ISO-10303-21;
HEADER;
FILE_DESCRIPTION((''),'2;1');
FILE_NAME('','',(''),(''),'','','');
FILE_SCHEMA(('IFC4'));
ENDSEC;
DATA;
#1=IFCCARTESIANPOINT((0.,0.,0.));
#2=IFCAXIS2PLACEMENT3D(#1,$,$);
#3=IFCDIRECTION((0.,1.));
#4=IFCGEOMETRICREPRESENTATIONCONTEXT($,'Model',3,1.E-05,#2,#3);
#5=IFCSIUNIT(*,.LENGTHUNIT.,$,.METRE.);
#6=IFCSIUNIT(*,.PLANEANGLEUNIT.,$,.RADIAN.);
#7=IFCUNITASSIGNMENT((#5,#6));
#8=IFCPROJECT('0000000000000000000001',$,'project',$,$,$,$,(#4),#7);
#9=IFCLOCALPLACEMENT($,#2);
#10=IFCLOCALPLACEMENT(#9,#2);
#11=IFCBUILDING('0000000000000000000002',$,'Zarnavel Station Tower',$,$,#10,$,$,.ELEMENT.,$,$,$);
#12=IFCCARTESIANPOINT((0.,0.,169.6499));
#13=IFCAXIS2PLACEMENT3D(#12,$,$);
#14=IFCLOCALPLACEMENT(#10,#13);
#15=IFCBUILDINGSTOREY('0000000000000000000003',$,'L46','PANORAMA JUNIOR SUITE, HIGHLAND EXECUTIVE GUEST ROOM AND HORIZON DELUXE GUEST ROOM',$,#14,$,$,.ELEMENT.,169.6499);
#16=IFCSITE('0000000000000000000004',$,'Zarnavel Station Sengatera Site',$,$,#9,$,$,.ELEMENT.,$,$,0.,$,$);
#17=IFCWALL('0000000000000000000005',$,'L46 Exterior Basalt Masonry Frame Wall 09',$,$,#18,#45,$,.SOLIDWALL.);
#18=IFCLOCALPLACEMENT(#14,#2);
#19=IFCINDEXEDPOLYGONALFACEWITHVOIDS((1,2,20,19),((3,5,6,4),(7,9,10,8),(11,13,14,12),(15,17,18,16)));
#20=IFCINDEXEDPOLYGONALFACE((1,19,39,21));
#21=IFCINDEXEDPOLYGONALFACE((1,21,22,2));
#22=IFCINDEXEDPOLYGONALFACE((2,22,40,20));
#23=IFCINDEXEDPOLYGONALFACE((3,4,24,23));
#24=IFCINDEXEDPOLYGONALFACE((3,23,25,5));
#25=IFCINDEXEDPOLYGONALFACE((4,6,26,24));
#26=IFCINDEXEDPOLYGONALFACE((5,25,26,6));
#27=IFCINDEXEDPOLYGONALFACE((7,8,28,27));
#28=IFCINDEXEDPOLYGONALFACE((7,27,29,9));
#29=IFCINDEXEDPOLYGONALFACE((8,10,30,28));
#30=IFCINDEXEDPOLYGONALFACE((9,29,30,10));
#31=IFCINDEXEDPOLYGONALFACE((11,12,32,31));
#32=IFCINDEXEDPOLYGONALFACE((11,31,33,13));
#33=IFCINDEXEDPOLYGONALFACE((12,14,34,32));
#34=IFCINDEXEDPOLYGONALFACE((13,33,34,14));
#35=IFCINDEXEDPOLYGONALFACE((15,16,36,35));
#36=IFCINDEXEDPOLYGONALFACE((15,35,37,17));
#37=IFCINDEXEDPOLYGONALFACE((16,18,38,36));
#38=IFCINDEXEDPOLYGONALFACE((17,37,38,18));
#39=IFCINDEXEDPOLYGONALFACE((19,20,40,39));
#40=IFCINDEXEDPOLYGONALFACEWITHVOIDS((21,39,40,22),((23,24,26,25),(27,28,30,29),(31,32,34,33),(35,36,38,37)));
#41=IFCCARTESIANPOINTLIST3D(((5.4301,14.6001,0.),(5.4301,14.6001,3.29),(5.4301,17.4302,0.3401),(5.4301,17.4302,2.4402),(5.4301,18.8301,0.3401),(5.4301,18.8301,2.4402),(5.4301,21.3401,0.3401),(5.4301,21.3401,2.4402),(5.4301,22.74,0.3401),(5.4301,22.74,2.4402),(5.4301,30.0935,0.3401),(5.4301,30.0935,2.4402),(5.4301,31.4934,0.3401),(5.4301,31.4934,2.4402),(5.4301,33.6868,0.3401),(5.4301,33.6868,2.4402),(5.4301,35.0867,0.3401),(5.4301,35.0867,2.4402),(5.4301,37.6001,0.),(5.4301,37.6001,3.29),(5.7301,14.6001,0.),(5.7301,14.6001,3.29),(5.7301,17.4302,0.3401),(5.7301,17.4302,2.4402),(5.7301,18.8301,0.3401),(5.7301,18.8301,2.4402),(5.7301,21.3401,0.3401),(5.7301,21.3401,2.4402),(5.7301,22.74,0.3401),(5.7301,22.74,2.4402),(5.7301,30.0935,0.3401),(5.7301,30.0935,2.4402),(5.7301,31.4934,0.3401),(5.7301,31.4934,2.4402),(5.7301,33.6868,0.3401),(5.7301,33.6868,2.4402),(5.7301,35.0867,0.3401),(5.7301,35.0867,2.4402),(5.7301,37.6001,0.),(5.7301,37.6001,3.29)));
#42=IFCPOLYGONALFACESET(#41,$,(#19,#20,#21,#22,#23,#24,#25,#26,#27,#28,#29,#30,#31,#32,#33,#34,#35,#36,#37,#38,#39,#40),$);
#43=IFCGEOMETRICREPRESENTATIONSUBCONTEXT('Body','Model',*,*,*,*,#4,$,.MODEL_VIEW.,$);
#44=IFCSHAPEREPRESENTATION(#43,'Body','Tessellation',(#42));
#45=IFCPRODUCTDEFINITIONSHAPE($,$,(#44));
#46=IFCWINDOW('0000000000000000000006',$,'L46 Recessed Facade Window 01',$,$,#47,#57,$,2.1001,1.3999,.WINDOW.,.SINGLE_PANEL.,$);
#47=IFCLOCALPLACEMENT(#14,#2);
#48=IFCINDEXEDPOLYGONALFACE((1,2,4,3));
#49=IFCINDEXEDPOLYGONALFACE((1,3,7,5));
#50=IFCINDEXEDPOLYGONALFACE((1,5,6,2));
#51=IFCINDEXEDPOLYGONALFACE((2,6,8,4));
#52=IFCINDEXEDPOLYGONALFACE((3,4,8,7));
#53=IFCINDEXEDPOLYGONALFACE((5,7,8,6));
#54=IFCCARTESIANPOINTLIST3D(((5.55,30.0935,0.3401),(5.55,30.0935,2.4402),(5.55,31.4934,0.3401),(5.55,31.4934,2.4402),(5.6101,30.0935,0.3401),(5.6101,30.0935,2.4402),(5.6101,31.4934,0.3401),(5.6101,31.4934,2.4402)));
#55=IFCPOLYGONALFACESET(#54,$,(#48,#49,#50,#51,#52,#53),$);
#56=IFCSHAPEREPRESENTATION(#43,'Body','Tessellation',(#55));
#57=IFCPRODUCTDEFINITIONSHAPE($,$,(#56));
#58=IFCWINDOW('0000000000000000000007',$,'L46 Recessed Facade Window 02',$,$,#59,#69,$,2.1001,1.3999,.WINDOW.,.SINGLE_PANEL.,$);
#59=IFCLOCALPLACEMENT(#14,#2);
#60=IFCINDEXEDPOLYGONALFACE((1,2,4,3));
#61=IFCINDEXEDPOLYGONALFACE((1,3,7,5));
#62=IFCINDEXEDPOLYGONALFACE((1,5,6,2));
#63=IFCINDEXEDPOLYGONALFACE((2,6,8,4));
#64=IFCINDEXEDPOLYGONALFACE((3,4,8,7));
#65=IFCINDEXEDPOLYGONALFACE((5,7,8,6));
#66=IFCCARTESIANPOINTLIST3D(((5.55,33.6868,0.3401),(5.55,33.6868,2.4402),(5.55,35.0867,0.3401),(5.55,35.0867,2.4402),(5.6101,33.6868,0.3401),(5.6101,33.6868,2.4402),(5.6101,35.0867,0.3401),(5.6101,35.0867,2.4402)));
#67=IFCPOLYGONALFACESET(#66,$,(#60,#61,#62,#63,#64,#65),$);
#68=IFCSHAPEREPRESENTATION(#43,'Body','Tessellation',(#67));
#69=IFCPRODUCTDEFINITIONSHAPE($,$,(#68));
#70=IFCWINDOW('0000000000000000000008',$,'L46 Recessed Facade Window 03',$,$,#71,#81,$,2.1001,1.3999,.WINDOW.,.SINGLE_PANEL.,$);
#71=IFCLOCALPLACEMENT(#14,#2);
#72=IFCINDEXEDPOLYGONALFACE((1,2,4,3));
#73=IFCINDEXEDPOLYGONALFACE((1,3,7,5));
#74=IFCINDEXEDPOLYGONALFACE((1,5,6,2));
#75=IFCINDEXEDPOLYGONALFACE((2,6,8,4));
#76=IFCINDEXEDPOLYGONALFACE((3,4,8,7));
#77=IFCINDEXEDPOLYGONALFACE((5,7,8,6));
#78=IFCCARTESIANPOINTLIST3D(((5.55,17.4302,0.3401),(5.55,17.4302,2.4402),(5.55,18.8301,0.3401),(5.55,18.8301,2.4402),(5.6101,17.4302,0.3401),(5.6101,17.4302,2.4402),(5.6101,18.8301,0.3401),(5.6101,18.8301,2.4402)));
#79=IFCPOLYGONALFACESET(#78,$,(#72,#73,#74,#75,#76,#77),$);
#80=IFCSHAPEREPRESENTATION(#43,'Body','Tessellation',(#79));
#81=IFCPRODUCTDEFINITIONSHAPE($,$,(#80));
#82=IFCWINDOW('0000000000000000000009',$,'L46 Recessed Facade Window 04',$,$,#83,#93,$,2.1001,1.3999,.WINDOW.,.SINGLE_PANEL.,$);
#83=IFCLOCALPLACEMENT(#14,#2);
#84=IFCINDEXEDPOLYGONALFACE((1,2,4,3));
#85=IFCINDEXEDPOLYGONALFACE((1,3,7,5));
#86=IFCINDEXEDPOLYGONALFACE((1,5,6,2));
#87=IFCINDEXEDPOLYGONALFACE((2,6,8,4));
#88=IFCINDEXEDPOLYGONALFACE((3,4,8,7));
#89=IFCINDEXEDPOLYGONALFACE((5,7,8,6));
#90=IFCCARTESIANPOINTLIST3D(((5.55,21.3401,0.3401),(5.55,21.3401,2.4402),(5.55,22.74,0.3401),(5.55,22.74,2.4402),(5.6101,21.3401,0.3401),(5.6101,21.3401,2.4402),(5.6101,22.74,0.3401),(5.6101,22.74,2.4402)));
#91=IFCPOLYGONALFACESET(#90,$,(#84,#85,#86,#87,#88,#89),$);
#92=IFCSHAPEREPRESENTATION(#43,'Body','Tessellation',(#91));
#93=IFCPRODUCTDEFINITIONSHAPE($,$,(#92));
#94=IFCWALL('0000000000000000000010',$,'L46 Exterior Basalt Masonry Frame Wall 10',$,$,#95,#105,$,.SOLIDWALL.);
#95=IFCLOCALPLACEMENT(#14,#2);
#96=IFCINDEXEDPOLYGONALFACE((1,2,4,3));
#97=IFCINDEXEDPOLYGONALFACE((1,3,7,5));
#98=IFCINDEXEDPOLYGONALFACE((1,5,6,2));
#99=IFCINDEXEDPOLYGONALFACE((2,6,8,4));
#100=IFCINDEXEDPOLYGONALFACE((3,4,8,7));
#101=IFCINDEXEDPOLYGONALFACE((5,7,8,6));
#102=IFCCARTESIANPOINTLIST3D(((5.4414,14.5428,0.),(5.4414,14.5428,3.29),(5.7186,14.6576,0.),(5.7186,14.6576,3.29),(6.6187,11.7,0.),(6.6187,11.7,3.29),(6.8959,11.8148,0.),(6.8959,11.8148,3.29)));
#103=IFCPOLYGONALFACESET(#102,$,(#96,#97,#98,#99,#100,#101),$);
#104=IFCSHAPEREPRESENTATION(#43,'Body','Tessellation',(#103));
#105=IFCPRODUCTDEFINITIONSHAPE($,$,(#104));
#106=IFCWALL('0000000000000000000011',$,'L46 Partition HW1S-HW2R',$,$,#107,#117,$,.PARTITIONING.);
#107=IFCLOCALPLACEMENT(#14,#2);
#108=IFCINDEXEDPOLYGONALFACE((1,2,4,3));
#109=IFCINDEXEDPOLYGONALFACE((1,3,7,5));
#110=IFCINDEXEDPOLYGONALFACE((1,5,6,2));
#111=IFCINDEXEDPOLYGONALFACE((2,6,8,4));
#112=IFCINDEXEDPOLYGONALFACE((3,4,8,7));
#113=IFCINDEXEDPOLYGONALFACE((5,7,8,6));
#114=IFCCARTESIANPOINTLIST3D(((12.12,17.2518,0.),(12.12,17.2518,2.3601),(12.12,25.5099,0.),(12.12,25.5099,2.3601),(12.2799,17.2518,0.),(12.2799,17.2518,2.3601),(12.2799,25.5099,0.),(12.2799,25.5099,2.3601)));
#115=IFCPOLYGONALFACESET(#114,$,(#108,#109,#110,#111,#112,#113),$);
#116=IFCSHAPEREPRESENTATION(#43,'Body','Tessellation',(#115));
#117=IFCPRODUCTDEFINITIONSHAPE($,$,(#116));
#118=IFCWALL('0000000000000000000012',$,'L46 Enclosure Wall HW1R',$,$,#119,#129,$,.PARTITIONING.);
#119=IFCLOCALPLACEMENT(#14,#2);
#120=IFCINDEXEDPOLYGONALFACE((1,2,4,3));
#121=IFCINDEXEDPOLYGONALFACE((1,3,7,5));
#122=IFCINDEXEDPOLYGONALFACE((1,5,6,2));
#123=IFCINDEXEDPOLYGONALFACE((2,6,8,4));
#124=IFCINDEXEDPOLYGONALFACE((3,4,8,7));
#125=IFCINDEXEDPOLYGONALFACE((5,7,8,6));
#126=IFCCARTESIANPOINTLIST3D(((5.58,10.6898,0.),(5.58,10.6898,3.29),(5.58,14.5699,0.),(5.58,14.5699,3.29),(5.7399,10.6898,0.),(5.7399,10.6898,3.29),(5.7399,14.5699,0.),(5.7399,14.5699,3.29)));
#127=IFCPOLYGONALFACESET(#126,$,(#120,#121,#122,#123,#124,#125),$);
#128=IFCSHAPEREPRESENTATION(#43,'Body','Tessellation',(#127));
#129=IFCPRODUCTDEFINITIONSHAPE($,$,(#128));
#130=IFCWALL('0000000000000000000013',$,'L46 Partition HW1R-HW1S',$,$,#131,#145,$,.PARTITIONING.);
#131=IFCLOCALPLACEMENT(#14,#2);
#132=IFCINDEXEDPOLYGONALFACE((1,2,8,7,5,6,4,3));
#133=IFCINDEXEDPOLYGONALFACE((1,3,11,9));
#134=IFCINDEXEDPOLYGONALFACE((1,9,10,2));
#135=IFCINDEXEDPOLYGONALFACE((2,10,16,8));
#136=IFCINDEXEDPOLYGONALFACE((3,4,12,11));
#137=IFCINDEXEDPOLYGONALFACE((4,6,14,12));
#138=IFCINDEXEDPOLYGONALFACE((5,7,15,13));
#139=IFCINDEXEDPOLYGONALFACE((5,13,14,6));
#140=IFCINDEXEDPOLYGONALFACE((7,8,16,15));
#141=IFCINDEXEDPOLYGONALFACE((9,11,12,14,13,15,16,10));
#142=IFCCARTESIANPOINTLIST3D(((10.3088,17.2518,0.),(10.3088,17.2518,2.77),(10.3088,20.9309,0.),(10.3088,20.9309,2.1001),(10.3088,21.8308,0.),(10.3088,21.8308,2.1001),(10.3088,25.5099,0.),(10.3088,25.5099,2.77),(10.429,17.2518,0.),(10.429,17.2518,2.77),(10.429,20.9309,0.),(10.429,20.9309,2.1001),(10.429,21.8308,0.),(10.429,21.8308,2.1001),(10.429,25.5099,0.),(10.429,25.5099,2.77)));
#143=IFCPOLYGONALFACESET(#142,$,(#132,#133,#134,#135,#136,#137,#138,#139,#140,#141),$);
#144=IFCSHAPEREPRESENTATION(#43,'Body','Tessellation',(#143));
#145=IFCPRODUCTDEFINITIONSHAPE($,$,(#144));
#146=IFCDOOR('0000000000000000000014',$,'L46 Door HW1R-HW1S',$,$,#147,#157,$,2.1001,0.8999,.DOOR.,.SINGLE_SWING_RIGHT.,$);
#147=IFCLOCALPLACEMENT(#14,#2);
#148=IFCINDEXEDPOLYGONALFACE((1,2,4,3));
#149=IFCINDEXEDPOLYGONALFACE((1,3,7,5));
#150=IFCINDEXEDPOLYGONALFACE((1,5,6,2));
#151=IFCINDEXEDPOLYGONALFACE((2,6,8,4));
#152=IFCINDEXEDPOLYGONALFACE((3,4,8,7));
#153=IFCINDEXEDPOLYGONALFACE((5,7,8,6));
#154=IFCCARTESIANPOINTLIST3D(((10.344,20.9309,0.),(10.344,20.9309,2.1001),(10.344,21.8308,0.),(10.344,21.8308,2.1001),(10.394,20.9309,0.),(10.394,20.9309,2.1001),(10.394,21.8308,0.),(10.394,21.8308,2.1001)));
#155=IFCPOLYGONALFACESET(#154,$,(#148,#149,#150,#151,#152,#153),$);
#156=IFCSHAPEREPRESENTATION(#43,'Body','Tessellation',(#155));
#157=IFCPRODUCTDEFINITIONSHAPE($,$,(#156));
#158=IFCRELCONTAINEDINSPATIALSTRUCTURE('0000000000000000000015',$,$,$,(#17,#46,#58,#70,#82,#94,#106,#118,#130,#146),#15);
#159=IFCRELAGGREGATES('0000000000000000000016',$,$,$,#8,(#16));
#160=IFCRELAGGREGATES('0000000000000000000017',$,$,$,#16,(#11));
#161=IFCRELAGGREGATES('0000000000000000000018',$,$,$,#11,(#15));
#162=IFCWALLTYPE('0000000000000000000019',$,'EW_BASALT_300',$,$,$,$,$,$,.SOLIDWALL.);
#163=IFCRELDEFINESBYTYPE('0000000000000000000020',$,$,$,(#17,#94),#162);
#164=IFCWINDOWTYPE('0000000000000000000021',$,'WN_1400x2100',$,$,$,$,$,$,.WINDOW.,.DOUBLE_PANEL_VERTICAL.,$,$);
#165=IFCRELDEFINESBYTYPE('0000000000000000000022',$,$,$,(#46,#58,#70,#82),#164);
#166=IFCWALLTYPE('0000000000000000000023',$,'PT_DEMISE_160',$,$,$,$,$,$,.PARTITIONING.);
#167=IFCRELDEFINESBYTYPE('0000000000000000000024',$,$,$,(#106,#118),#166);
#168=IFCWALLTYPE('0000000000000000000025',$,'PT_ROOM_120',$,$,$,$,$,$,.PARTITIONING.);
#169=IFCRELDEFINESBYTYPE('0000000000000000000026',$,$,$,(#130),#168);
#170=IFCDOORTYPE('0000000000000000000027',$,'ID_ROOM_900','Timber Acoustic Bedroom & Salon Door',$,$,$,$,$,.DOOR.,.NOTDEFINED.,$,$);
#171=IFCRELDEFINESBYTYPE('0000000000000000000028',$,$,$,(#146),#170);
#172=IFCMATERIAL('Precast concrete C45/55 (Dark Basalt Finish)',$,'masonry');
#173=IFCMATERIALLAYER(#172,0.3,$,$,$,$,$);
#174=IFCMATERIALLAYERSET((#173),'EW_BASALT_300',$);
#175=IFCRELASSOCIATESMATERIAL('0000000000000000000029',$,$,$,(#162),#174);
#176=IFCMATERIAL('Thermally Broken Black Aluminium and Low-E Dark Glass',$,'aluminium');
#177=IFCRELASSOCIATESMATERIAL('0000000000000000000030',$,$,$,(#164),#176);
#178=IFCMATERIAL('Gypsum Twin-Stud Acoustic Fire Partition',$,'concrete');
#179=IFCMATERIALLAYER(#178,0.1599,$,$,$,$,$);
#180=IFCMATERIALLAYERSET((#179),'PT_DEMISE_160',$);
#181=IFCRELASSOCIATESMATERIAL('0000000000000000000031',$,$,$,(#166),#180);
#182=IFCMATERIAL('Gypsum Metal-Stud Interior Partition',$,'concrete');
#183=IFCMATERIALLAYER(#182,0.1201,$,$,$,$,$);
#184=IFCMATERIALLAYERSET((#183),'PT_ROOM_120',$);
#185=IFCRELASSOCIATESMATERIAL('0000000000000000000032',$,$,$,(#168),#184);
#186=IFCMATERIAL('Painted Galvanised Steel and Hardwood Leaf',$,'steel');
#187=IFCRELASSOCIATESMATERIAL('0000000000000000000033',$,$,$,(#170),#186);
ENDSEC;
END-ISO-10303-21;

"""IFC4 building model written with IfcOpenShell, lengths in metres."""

from ifc_helpers import new_model, si_unit, direction, frame, frame_2d, origin, place, context, subcontext, project, spatial, rectangle, extrude, material, layer, layer_set, type_object, element, fill, save


model = new_model("IFC4")

# Units and contexts
model_context = context("Model", 3, precision=1e-05, world=origin(), true_north=direction((0.0, 1.0)))
body_context = subcontext(model_context, "Body", "Model", "MODEL_VIEW")
ifc_project = project(units=[si_unit("LENGTHUNIT", "METRE"), si_unit("PLANEANGLEUNIT", "RADIAN")], contexts=[model_context])

# Site, building, storey
site_placement = place(None, origin())
site = spatial("IfcSite", under=ifc_project, at=site_placement, Name="Zarnavel Station Sengatera Site", CompositionType="ELEMENT", RefElevation=0.0)
building_placement = place(site_placement, origin())
building = spatial("IfcBuilding", under=site, at=building_placement, Name="Zarnavel Station Tower", CompositionType="ELEMENT")
storey_placement = place(building_placement, frame((0.0, 0.0, 169.6499)))
storey = spatial("IfcBuildingStorey", under=building, at=storey_placement, Name="L46", Description="PANORAMA JUNIOR SUITE, HIGHLAND EXECUTIVE GUEST ROOM AND HORIZON DELUXE GUEST ROOM", CompositionType="ELEMENT", Elevation=169.6499)

# Wall, openings, windows
ifc_material_1 = material(Name="Precast concrete C45/55 (Dark Basalt Finish)", Category="masonry")
ifc_layer_1 = layer(ifc_material_1, 0.3)
ifc_layer_set_1 = layer_set([ifc_layer_1], Name="EW_BASALT_300")
wall_type_1 = type_object("IfcWallType", Name="EW_BASALT_300", PredefinedType="SOLIDWALL", material=ifc_layer_set_1)
wall_1_placement = place(storey_placement, frame((5.5801, 14.6001, 0.0), z_axis=(0.0, 0.0, 1.0), x_axis=(0.0, 1.0, 0.0)))
wall_1 = element("IfcWall", 1, at=wall_1_placement, inside=storey, type_object=wall_type_1, Name="L46 Exterior Basalt Masonry Frame Wall 09", PredefinedType="SOLIDWALL", context=body_context, shape_type="SweptSolid", body=[
    extrude(rectangle(XDim=23.0, YDim=0.3, at=frame_2d((11.5, 0.0))), origin(), (0.0, 0.0, 1.0), 3.29),
])
opening_1_placement = place(wall_1_placement, frame((15.4934, 0.0, 0.3401)))
opening_1 = element("IfcOpeningElement", 2, at=opening_1_placement, cuts=wall_1, PredefinedType="OPENING", context=body_context, shape_type="SweptSolid", body=[
    extrude(rectangle(XDim=1.3999, YDim=2.1001, at=frame_2d((0.7, 1.05))), frame((0.0, 0.1599, 0.0), z_axis=(0.0, -1.0, 0.0), x_axis=(1.0, 0.0, 0.0)), (0.0, 0.0, 1.0), 0.3201),
])
opening_2_placement = place(wall_1_placement, frame((19.0867, 0.0, 0.3401)))
opening_2 = element("IfcOpeningElement", 3, at=opening_2_placement, cuts=wall_1, PredefinedType="OPENING", context=body_context, shape_type="SweptSolid", body=[
    extrude(rectangle(XDim=1.3999, YDim=2.1001, at=frame_2d((0.7, 1.05))), frame((0.0, 0.1599, 0.0), z_axis=(0.0, -1.0, 0.0), x_axis=(1.0, 0.0, 0.0)), (0.0, 0.0, 1.0), 0.3201),
])
opening_3_placement = place(wall_1_placement, frame((2.8301, 0.0, 0.3401)))
opening_3 = element("IfcOpeningElement", 4, at=opening_3_placement, cuts=wall_1, PredefinedType="OPENING", context=body_context, shape_type="SweptSolid", body=[
    extrude(rectangle(XDim=1.3999, YDim=2.1001, at=frame_2d((0.7, 1.05))), frame((0.0, 0.1599, 0.0), z_axis=(0.0, -1.0, 0.0), x_axis=(1.0, 0.0, 0.0)), (0.0, 0.0, 1.0), 0.3201),
])
opening_4_placement = place(wall_1_placement, frame((6.74, 0.0, 0.3401)))
opening_4 = element("IfcOpeningElement", 5, at=opening_4_placement, cuts=wall_1, PredefinedType="OPENING", context=body_context, shape_type="SweptSolid", body=[
    extrude(rectangle(XDim=1.3999, YDim=2.1001, at=frame_2d((0.7, 1.05))), frame((0.0, 0.1599, 0.0), z_axis=(0.0, -1.0, 0.0), x_axis=(1.0, 0.0, 0.0)), (0.0, 0.0, 1.0), 0.3201),
])
ifc_material_2 = material(Name="Thermally Broken Black Aluminium and Low-E Dark Glass", Category="aluminium")
window_type = type_object("IfcWindowType", Name="WN_1400x2100", PartitioningType="DOUBLE_PANEL_VERTICAL", PredefinedType="WINDOW", material=ifc_material_2)
window_1_placement = place(opening_1_placement, origin())
window_1 = element("IfcWindow", 6, at=window_1_placement, inside=storey, type_object=window_type, Name="L46 Recessed Facade Window 01", OverallHeight=2.1001, OverallWidth=1.3999, PartitioningType="SINGLE_PANEL", PredefinedType="WINDOW", context=body_context, shape_type="SweptSolid", body=[
    extrude(rectangle(XDim=1.3999, YDim=2.1001, at=frame_2d((0.7, 1.05))), frame((0.0, 0.03, 0.0), z_axis=(0.0, -1.0, 0.0), x_axis=(1.0, 0.0, 0.0)), (0.0, 0.0, 1.0), 0.0601),
])
fill(opening_1, window_1)
window_2_placement = place(opening_2_placement, origin())
window_2 = element("IfcWindow", 7, at=window_2_placement, inside=storey, type_object=window_type, Name="L46 Recessed Facade Window 02", OverallHeight=2.1001, OverallWidth=1.3999, PartitioningType="SINGLE_PANEL", PredefinedType="WINDOW", context=body_context, shape_type="SweptSolid", body=[
    extrude(rectangle(XDim=1.3999, YDim=2.1001, at=frame_2d((0.7, 1.05))), frame((0.0, 0.03, 0.0), z_axis=(0.0, -1.0, 0.0), x_axis=(1.0, 0.0, 0.0)), (0.0, 0.0, 1.0), 0.0601),
])
fill(opening_2, window_2)
window_3_placement = place(opening_3_placement, origin())
window_3 = element("IfcWindow", 8, at=window_3_placement, inside=storey, type_object=window_type, Name="L46 Recessed Facade Window 03", OverallHeight=2.1001, OverallWidth=1.3999, PartitioningType="SINGLE_PANEL", PredefinedType="WINDOW", context=body_context, shape_type="SweptSolid", body=[
    extrude(rectangle(XDim=1.3999, YDim=2.1001, at=frame_2d((0.7, 1.05))), frame((0.0, 0.03, 0.0), z_axis=(0.0, -1.0, 0.0), x_axis=(1.0, 0.0, 0.0)), (0.0, 0.0, 1.0), 0.0601),
])
fill(opening_3, window_3)
window_4_placement = place(opening_4_placement, origin())
window_4 = element("IfcWindow", 9, at=window_4_placement, inside=storey, type_object=window_type, Name="L46 Recessed Facade Window 04", OverallHeight=2.1001, OverallWidth=1.3999, PartitioningType="SINGLE_PANEL", PredefinedType="WINDOW", context=body_context, shape_type="SweptSolid", body=[
    extrude(rectangle(XDim=1.3999, YDim=2.1001, at=frame_2d((0.7, 1.05))), frame((0.0, 0.03, 0.0), z_axis=(0.0, -1.0, 0.0), x_axis=(1.0, 0.0, 0.0)), (0.0, 0.0, 1.0), 0.0601),
])
fill(opening_4, window_4)

# Walls
wall_2_placement = place(storey_placement, frame((6.7573, 11.7573, 0.0), z_axis=(0.0, 0.0, 1.0), x_axis=(-0.382609, 0.92391, 0.0)))
element("IfcWall", 10, at=wall_2_placement, inside=storey, type_object=wall_type_1, Name="L46 Exterior Basalt Masonry Frame Wall 10", PredefinedType="SOLIDWALL", context=body_context, shape_type="SweptSolid", body=[
    extrude(rectangle(XDim=3.0769, YDim=0.3, at=frame_2d((1.5386, 0.0))), origin(), (0.0, 0.0, 1.0), 3.29),
])
ifc_material_3 = material(Name="Gypsum Twin-Stud Acoustic Fire Partition", Category="concrete")
ifc_layer_2 = layer(ifc_material_3, 0.1599)
ifc_layer_set_2 = layer_set([ifc_layer_2], Name="PT_DEMISE_160")
wall_type_2 = type_object("IfcWallType", Name="PT_DEMISE_160", PredefinedType="PARTITIONING", material=ifc_layer_set_2)
wall_3_placement = place(storey_placement, frame((12.2, 17.252, 0.0), z_axis=(0.0, 0.0, 1.0), x_axis=(0.0, 1.0, 0.0)))
element("IfcWall", 11, at=wall_3_placement, inside=storey, type_object=wall_type_2, Name="L46 Partition HW1S-HW2R", PredefinedType="PARTITIONING", context=body_context, shape_type="SweptSolid", body=[
    extrude(rectangle(XDim=8.2581, YDim=0.1599, at=frame_2d((4.1289, 0.0))), origin(), (0.0, 0.0, 1.0), 2.3601),
])
wall_4_placement = place(storey_placement, frame((5.6599, 10.6899, 0.0), z_axis=(0.0, 0.0, 1.0), x_axis=(0.0, 1.0, 0.0)))
element("IfcWall", 12, at=wall_4_placement, inside=storey, type_object=wall_type_2, Name="L46 Enclosure Wall HW1R", PredefinedType="PARTITIONING", context=body_context, shape_type="SweptSolid", body=[
    extrude(rectangle(XDim=3.8801, YDim=0.1599, at=frame_2d((1.9399, 0.0))), origin(), (0.0, 0.0, 1.0), 3.29),
])

# Wall, opening, door
ifc_material_4 = material(Name="Gypsum Metal-Stud Interior Partition", Category="concrete")
ifc_layer_3 = layer(ifc_material_4, 0.1201)
ifc_layer_set_3 = layer_set([ifc_layer_3], Name="PT_ROOM_120")
wall_type_3 = type_object("IfcWallType", Name="PT_ROOM_120", PredefinedType="PARTITIONING", material=ifc_layer_set_3)
wall_5_placement = place(storey_placement, frame((10.3689, 17.252, 0.0), z_axis=(0.0, 0.0, 1.0), x_axis=(0.0, 1.0, 0.0)))
wall_5 = element("IfcWall", 13, at=wall_5_placement, inside=storey, type_object=wall_type_3, Name="L46 Partition HW1R-HW1S", PredefinedType="PARTITIONING", context=body_context, shape_type="SweptSolid", body=[
    extrude(rectangle(XDim=8.2581, YDim=0.1201, at=frame_2d((4.1289, 0.0))), origin(), (0.0, 0.0, 1.0), 2.77),
])
opening_5_placement = place(wall_5_placement, frame((3.679, 0.0, 0.0)))
opening_5 = element("IfcOpeningElement", 14, at=opening_5_placement, cuts=wall_5, PredefinedType="OPENING", context=body_context, shape_type="SweptSolid", body=[
    extrude(rectangle(XDim=0.8999, YDim=2.1001, at=frame_2d((0.45, 1.05))), frame((0.0, 0.0701, 0.0), z_axis=(0.0, -1.0, 0.0), x_axis=(1.0, 0.0, 0.0)), (0.0, 0.0, 1.0), 0.1401),
])
ifc_material_5 = material(Name="Painted Galvanised Steel and Hardwood Leaf", Category="steel")
door_type_1 = type_object("IfcDoorType", Name="ID_ROOM_900", Description="Timber Acoustic Bedroom & Salon Door", OperationType="NOTDEFINED", PredefinedType="DOOR", material=ifc_material_5)
door_1_placement = place(opening_5_placement, origin())
door_1 = element("IfcDoor", 15, at=door_1_placement, inside=storey, type_object=door_type_1, Name="L46 Door HW1R-HW1S", OperationType="SINGLE_SWING_RIGHT", OverallHeight=2.1001, OverallWidth=0.8999, PredefinedType="DOOR", context=body_context, shape_type="SweptSolid", body=[
    extrude(rectangle(XDim=0.8999, YDim=2.1001, at=frame_2d((0.45, 1.05))), frame((0.0, 0.0249, 0.0), z_axis=(0.0, -1.0, 0.0), x_axis=(1.0, 0.0, 0.0)), (0.0, 0.0, 1.0), 0.05),
])
fill(opening_5, door_1)

save(model, "model.ifc")
